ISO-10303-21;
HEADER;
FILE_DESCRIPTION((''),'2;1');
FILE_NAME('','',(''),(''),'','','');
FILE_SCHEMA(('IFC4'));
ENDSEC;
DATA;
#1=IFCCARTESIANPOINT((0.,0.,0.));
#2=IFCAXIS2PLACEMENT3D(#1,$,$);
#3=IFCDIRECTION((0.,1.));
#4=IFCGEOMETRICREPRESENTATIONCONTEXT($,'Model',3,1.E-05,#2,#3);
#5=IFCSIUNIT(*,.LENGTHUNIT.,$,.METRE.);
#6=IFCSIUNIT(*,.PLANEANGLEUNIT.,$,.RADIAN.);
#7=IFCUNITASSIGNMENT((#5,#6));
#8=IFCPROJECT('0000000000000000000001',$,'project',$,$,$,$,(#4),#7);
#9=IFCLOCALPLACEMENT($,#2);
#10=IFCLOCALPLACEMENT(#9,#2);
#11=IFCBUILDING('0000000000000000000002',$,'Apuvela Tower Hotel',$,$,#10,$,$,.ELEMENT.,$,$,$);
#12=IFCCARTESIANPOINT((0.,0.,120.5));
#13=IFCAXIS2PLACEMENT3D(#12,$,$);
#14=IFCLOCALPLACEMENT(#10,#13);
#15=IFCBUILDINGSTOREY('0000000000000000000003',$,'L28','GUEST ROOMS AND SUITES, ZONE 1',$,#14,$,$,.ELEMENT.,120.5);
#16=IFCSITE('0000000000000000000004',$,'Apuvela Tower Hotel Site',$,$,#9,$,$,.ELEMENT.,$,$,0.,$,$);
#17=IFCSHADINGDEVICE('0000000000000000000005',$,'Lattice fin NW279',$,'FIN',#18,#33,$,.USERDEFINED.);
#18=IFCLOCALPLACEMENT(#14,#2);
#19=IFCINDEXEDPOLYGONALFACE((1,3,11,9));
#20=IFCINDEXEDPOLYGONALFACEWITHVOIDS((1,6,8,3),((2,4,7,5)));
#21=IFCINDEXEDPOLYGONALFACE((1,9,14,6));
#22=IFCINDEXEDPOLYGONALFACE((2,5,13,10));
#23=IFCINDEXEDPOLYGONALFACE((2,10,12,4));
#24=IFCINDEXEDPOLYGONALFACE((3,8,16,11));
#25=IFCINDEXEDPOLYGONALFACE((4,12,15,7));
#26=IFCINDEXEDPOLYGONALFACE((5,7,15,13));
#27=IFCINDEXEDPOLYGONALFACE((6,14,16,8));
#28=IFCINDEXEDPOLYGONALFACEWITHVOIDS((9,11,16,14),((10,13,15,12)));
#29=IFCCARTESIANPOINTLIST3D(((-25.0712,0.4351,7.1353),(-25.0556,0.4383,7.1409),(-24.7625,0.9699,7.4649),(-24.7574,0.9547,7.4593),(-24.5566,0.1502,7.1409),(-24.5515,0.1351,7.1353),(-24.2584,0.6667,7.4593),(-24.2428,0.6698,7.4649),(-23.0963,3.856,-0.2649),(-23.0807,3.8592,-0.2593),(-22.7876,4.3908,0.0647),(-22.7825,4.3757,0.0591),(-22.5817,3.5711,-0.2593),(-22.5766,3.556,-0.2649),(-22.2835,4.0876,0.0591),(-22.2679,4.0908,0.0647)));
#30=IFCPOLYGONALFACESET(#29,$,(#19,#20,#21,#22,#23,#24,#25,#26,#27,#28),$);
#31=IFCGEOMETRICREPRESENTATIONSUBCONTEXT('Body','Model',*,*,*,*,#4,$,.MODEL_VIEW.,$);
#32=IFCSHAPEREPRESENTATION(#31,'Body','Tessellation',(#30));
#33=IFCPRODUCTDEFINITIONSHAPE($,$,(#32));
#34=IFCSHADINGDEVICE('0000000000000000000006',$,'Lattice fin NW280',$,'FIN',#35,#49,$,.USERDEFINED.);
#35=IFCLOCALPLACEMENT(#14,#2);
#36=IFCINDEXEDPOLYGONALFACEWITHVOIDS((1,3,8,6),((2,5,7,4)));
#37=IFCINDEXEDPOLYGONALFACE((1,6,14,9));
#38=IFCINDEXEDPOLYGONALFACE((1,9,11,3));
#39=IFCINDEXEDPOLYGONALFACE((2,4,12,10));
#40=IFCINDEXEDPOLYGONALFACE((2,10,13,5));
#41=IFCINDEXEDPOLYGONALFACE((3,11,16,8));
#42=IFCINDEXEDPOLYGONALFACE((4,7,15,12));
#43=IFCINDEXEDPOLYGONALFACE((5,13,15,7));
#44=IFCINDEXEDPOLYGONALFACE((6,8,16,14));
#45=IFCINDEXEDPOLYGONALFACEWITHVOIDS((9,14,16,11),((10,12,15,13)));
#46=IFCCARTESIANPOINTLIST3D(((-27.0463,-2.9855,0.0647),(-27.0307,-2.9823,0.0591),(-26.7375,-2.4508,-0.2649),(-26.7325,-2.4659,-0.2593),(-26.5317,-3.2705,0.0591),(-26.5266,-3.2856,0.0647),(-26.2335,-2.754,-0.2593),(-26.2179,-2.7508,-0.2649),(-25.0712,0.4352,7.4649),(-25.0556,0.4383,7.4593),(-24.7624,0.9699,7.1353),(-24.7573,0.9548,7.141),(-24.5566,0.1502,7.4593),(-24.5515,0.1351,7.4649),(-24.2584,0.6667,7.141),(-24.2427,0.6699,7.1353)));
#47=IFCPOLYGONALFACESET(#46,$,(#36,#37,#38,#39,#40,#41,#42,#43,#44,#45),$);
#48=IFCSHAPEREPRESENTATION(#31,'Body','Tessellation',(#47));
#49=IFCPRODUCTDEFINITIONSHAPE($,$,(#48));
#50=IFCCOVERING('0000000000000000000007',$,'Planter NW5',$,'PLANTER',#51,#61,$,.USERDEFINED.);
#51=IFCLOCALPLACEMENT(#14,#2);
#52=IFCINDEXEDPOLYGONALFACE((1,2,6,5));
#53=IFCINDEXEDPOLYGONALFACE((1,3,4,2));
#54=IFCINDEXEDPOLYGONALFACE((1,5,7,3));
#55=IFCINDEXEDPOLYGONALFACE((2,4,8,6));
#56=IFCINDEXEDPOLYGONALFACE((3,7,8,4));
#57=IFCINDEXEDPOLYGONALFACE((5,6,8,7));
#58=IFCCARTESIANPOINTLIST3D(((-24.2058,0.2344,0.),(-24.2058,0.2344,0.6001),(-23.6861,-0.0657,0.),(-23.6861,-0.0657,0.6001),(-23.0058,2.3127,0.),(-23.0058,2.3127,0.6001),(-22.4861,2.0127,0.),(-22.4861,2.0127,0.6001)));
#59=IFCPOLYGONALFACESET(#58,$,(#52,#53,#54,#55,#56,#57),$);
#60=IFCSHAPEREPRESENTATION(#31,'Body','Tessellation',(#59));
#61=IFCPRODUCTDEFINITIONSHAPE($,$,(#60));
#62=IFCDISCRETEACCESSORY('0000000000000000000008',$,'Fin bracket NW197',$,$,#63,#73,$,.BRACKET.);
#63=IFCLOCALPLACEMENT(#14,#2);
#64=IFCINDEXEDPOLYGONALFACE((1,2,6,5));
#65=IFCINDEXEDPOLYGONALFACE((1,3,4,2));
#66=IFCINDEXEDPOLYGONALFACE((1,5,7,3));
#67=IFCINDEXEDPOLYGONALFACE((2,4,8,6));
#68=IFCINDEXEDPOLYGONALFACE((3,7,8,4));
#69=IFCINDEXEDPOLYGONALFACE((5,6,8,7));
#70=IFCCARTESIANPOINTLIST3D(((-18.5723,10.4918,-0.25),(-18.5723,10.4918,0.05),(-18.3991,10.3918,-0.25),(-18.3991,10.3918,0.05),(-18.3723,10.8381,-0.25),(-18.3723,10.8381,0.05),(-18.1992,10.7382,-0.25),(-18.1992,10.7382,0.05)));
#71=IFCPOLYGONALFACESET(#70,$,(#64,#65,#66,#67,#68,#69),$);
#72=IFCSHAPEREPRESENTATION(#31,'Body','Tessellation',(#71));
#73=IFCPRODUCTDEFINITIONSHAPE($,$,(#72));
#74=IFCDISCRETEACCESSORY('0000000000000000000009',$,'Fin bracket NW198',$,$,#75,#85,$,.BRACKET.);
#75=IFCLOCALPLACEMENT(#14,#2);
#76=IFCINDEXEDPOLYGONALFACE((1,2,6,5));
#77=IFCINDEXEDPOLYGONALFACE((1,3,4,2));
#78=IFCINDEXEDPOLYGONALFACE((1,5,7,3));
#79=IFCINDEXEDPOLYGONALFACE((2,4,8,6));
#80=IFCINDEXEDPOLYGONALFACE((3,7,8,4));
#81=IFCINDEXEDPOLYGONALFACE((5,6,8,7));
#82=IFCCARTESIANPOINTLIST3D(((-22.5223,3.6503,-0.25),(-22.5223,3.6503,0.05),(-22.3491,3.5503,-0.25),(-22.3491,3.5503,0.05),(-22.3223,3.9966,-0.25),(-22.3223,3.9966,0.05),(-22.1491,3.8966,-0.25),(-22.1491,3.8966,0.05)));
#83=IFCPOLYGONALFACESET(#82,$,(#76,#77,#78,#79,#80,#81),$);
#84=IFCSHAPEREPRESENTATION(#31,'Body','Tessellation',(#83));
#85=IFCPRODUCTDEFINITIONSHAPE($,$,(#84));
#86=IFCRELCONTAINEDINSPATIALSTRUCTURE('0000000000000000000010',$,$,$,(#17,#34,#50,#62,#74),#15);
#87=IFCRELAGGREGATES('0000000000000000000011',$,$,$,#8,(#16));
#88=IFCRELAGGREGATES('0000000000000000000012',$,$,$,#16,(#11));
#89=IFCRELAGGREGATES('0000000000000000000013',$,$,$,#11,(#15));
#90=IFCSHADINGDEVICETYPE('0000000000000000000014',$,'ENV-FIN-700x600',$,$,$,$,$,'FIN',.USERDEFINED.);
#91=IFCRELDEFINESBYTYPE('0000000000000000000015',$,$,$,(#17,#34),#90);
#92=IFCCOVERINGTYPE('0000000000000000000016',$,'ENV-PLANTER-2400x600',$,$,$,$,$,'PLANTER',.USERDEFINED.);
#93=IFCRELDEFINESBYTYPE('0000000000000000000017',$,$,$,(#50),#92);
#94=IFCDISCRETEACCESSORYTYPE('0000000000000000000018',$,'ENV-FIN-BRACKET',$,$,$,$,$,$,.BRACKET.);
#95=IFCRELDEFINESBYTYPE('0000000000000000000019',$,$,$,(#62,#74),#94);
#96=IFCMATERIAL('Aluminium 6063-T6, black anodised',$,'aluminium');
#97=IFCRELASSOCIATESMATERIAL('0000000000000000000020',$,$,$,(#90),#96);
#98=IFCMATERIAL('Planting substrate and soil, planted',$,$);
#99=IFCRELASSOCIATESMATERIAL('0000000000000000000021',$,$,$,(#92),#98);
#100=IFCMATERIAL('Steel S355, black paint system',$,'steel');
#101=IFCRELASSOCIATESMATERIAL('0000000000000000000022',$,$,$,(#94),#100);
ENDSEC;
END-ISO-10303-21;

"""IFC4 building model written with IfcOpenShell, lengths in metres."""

from ifc_helpers import new_model, si_unit, direction, frame, origin, origin_2d, place, context, subcontext, project, spatial, rectangle, hollow_rectangle, extrude, material, material_profile, profile_set, type_object, element, save


model = new_model("IFC4")

# Units and contexts
model_context = context("Model", 3, precision=1e-05, world=origin(), true_north=direction((0.0, 1.0)))
body_context = subcontext(model_context, "Body", "Model", "MODEL_VIEW")
ifc_project = project(units=[si_unit("LENGTHUNIT", "METRE"), si_unit("PLANEANGLEUNIT", "RADIAN")], contexts=[model_context])

# Site, building, storey
site_placement = place(None, origin())
site = spatial("IfcSite", under=ifc_project, at=site_placement, Name="Apuvela Tower Hotel Site", CompositionType="ELEMENT", RefElevation=0.0)
building_placement = place(site_placement, origin())
building = spatial("IfcBuilding", under=site, at=building_placement, Name="Apuvela Tower Hotel", CompositionType="ELEMENT")
storey_placement = place(building_placement, frame((0.0, 0.0, 120.5)))
storey = spatial("IfcBuildingStorey", under=building, at=storey_placement, Name="L28", Description="GUEST ROOMS AND SUITES, ZONE 1", CompositionType="ELEMENT", Elevation=120.5)

# Shading devices
ifc_material_1 = material(Name="Aluminium 6063-T6, black anodised", Category="aluminium")
ifc_material_profile_1 = material_profile(ifc_material_1, hollow_rectangle(XDim=0.6001, YDim=0.7, WallThickness=0.012, at=origin_2d()), Name="AL BOX 700x600x12")
ifc_profile_set_1 = profile_set([ifc_material_profile_1], Name="Aluminium 6063-T6, black anodised")
shading_device_type = type_object("IfcShadingDeviceType", Name="ENV-FIN-700x600", ElementType="FIN", PredefinedType="USERDEFINED", material=ifc_profile_set_1)
for number, where, z_axis, x_axis, name in (
    (1, (-22.6821, 3.9734, -0.1001), (-0.235428, -0.407814, 0.882191), (0.866048, -0.499961, 0.0), "Lattice fin NW279"),
    (2, (-26.6321, -2.8682, -0.1001), (0.235458, 0.407787, 0.882196), (-0.866005, 0.500035, 0.0), "Lattice fin NW280"),
):
    element("IfcShadingDevice", number, at=place(storey_placement, frame(where, z_axis=z_axis, x_axis=x_axis)), inside=storey, type_object=shading_device_type, Name=name, ObjectType="FIN", PredefinedType="USERDEFINED", context=body_context, shape_type="SweptSolid", body=[
        extrude(hollow_rectangle(XDim=0.6001, YDim=0.7, WallThickness=0.012, at=origin_2d()), origin(), (0.0, 0.0, 1.0), 8.3884),
    ])

# Covering
ifc_material_2 = material(Name="Planting substrate and soil, planted")
covering_type = type_object("IfcCoveringType", Name="ENV-PLANTER-2400x600", ElementType="PLANTER", PredefinedType="USERDEFINED", material=ifc_material_2)
covering_placement = place(storey_placement, frame((-23.3459, 1.1235, 0.0), z_axis=(0.0, 0.0, 1.0), x_axis=(-0.5, -0.866025, 0.0)))
element("IfcCovering", 3, at=covering_placement, inside=storey, type_object=covering_type, Name="Planter NW5", ObjectType="PLANTER", PredefinedType="USERDEFINED", context=body_context, shape_type="SweptSolid", body=[
    extrude(rectangle(XDim=2.3999, YDim=0.6001, at=origin_2d()), origin(), (0.0, 0.0, 1.0), 0.6001),
])

# Discrete accessories
ifc_material_3 = material(Name="Steel S355, black paint system", Category="steel")
discrete_accessory_type = type_object("IfcDiscreteAccessoryType", Name="ENV-FIN-BRACKET", PredefinedType="BRACKET", material=ifc_material_3)
for number, where, z_axis, x_axis, name in (
    (4, (-18.3857, 10.615, -0.25), (0.0, 0.0, 1.0), (-0.5, -0.866025, 0.0), "Fin bracket NW197"),
    (5, (-22.3357, 3.7734, -0.25), (0.0, 0.0, 1.0), (-0.5, -0.866025, 0.0), "Fin bracket NW198"),
):
    element("IfcDiscreteAccessory", number, at=place(storey_placement, frame(where, z_axis=z_axis, x_axis=x_axis)), inside=storey, type_object=discrete_accessory_type, Name=name, PredefinedType="BRACKET", context=body_context, shape_type="SweptSolid", body=[
        extrude(rectangle(XDim=0.3999, YDim=0.2, at=origin_2d()), origin(), (0.0, 0.0, 1.0), 0.3),
    ])

save(model, "model.ifc")
